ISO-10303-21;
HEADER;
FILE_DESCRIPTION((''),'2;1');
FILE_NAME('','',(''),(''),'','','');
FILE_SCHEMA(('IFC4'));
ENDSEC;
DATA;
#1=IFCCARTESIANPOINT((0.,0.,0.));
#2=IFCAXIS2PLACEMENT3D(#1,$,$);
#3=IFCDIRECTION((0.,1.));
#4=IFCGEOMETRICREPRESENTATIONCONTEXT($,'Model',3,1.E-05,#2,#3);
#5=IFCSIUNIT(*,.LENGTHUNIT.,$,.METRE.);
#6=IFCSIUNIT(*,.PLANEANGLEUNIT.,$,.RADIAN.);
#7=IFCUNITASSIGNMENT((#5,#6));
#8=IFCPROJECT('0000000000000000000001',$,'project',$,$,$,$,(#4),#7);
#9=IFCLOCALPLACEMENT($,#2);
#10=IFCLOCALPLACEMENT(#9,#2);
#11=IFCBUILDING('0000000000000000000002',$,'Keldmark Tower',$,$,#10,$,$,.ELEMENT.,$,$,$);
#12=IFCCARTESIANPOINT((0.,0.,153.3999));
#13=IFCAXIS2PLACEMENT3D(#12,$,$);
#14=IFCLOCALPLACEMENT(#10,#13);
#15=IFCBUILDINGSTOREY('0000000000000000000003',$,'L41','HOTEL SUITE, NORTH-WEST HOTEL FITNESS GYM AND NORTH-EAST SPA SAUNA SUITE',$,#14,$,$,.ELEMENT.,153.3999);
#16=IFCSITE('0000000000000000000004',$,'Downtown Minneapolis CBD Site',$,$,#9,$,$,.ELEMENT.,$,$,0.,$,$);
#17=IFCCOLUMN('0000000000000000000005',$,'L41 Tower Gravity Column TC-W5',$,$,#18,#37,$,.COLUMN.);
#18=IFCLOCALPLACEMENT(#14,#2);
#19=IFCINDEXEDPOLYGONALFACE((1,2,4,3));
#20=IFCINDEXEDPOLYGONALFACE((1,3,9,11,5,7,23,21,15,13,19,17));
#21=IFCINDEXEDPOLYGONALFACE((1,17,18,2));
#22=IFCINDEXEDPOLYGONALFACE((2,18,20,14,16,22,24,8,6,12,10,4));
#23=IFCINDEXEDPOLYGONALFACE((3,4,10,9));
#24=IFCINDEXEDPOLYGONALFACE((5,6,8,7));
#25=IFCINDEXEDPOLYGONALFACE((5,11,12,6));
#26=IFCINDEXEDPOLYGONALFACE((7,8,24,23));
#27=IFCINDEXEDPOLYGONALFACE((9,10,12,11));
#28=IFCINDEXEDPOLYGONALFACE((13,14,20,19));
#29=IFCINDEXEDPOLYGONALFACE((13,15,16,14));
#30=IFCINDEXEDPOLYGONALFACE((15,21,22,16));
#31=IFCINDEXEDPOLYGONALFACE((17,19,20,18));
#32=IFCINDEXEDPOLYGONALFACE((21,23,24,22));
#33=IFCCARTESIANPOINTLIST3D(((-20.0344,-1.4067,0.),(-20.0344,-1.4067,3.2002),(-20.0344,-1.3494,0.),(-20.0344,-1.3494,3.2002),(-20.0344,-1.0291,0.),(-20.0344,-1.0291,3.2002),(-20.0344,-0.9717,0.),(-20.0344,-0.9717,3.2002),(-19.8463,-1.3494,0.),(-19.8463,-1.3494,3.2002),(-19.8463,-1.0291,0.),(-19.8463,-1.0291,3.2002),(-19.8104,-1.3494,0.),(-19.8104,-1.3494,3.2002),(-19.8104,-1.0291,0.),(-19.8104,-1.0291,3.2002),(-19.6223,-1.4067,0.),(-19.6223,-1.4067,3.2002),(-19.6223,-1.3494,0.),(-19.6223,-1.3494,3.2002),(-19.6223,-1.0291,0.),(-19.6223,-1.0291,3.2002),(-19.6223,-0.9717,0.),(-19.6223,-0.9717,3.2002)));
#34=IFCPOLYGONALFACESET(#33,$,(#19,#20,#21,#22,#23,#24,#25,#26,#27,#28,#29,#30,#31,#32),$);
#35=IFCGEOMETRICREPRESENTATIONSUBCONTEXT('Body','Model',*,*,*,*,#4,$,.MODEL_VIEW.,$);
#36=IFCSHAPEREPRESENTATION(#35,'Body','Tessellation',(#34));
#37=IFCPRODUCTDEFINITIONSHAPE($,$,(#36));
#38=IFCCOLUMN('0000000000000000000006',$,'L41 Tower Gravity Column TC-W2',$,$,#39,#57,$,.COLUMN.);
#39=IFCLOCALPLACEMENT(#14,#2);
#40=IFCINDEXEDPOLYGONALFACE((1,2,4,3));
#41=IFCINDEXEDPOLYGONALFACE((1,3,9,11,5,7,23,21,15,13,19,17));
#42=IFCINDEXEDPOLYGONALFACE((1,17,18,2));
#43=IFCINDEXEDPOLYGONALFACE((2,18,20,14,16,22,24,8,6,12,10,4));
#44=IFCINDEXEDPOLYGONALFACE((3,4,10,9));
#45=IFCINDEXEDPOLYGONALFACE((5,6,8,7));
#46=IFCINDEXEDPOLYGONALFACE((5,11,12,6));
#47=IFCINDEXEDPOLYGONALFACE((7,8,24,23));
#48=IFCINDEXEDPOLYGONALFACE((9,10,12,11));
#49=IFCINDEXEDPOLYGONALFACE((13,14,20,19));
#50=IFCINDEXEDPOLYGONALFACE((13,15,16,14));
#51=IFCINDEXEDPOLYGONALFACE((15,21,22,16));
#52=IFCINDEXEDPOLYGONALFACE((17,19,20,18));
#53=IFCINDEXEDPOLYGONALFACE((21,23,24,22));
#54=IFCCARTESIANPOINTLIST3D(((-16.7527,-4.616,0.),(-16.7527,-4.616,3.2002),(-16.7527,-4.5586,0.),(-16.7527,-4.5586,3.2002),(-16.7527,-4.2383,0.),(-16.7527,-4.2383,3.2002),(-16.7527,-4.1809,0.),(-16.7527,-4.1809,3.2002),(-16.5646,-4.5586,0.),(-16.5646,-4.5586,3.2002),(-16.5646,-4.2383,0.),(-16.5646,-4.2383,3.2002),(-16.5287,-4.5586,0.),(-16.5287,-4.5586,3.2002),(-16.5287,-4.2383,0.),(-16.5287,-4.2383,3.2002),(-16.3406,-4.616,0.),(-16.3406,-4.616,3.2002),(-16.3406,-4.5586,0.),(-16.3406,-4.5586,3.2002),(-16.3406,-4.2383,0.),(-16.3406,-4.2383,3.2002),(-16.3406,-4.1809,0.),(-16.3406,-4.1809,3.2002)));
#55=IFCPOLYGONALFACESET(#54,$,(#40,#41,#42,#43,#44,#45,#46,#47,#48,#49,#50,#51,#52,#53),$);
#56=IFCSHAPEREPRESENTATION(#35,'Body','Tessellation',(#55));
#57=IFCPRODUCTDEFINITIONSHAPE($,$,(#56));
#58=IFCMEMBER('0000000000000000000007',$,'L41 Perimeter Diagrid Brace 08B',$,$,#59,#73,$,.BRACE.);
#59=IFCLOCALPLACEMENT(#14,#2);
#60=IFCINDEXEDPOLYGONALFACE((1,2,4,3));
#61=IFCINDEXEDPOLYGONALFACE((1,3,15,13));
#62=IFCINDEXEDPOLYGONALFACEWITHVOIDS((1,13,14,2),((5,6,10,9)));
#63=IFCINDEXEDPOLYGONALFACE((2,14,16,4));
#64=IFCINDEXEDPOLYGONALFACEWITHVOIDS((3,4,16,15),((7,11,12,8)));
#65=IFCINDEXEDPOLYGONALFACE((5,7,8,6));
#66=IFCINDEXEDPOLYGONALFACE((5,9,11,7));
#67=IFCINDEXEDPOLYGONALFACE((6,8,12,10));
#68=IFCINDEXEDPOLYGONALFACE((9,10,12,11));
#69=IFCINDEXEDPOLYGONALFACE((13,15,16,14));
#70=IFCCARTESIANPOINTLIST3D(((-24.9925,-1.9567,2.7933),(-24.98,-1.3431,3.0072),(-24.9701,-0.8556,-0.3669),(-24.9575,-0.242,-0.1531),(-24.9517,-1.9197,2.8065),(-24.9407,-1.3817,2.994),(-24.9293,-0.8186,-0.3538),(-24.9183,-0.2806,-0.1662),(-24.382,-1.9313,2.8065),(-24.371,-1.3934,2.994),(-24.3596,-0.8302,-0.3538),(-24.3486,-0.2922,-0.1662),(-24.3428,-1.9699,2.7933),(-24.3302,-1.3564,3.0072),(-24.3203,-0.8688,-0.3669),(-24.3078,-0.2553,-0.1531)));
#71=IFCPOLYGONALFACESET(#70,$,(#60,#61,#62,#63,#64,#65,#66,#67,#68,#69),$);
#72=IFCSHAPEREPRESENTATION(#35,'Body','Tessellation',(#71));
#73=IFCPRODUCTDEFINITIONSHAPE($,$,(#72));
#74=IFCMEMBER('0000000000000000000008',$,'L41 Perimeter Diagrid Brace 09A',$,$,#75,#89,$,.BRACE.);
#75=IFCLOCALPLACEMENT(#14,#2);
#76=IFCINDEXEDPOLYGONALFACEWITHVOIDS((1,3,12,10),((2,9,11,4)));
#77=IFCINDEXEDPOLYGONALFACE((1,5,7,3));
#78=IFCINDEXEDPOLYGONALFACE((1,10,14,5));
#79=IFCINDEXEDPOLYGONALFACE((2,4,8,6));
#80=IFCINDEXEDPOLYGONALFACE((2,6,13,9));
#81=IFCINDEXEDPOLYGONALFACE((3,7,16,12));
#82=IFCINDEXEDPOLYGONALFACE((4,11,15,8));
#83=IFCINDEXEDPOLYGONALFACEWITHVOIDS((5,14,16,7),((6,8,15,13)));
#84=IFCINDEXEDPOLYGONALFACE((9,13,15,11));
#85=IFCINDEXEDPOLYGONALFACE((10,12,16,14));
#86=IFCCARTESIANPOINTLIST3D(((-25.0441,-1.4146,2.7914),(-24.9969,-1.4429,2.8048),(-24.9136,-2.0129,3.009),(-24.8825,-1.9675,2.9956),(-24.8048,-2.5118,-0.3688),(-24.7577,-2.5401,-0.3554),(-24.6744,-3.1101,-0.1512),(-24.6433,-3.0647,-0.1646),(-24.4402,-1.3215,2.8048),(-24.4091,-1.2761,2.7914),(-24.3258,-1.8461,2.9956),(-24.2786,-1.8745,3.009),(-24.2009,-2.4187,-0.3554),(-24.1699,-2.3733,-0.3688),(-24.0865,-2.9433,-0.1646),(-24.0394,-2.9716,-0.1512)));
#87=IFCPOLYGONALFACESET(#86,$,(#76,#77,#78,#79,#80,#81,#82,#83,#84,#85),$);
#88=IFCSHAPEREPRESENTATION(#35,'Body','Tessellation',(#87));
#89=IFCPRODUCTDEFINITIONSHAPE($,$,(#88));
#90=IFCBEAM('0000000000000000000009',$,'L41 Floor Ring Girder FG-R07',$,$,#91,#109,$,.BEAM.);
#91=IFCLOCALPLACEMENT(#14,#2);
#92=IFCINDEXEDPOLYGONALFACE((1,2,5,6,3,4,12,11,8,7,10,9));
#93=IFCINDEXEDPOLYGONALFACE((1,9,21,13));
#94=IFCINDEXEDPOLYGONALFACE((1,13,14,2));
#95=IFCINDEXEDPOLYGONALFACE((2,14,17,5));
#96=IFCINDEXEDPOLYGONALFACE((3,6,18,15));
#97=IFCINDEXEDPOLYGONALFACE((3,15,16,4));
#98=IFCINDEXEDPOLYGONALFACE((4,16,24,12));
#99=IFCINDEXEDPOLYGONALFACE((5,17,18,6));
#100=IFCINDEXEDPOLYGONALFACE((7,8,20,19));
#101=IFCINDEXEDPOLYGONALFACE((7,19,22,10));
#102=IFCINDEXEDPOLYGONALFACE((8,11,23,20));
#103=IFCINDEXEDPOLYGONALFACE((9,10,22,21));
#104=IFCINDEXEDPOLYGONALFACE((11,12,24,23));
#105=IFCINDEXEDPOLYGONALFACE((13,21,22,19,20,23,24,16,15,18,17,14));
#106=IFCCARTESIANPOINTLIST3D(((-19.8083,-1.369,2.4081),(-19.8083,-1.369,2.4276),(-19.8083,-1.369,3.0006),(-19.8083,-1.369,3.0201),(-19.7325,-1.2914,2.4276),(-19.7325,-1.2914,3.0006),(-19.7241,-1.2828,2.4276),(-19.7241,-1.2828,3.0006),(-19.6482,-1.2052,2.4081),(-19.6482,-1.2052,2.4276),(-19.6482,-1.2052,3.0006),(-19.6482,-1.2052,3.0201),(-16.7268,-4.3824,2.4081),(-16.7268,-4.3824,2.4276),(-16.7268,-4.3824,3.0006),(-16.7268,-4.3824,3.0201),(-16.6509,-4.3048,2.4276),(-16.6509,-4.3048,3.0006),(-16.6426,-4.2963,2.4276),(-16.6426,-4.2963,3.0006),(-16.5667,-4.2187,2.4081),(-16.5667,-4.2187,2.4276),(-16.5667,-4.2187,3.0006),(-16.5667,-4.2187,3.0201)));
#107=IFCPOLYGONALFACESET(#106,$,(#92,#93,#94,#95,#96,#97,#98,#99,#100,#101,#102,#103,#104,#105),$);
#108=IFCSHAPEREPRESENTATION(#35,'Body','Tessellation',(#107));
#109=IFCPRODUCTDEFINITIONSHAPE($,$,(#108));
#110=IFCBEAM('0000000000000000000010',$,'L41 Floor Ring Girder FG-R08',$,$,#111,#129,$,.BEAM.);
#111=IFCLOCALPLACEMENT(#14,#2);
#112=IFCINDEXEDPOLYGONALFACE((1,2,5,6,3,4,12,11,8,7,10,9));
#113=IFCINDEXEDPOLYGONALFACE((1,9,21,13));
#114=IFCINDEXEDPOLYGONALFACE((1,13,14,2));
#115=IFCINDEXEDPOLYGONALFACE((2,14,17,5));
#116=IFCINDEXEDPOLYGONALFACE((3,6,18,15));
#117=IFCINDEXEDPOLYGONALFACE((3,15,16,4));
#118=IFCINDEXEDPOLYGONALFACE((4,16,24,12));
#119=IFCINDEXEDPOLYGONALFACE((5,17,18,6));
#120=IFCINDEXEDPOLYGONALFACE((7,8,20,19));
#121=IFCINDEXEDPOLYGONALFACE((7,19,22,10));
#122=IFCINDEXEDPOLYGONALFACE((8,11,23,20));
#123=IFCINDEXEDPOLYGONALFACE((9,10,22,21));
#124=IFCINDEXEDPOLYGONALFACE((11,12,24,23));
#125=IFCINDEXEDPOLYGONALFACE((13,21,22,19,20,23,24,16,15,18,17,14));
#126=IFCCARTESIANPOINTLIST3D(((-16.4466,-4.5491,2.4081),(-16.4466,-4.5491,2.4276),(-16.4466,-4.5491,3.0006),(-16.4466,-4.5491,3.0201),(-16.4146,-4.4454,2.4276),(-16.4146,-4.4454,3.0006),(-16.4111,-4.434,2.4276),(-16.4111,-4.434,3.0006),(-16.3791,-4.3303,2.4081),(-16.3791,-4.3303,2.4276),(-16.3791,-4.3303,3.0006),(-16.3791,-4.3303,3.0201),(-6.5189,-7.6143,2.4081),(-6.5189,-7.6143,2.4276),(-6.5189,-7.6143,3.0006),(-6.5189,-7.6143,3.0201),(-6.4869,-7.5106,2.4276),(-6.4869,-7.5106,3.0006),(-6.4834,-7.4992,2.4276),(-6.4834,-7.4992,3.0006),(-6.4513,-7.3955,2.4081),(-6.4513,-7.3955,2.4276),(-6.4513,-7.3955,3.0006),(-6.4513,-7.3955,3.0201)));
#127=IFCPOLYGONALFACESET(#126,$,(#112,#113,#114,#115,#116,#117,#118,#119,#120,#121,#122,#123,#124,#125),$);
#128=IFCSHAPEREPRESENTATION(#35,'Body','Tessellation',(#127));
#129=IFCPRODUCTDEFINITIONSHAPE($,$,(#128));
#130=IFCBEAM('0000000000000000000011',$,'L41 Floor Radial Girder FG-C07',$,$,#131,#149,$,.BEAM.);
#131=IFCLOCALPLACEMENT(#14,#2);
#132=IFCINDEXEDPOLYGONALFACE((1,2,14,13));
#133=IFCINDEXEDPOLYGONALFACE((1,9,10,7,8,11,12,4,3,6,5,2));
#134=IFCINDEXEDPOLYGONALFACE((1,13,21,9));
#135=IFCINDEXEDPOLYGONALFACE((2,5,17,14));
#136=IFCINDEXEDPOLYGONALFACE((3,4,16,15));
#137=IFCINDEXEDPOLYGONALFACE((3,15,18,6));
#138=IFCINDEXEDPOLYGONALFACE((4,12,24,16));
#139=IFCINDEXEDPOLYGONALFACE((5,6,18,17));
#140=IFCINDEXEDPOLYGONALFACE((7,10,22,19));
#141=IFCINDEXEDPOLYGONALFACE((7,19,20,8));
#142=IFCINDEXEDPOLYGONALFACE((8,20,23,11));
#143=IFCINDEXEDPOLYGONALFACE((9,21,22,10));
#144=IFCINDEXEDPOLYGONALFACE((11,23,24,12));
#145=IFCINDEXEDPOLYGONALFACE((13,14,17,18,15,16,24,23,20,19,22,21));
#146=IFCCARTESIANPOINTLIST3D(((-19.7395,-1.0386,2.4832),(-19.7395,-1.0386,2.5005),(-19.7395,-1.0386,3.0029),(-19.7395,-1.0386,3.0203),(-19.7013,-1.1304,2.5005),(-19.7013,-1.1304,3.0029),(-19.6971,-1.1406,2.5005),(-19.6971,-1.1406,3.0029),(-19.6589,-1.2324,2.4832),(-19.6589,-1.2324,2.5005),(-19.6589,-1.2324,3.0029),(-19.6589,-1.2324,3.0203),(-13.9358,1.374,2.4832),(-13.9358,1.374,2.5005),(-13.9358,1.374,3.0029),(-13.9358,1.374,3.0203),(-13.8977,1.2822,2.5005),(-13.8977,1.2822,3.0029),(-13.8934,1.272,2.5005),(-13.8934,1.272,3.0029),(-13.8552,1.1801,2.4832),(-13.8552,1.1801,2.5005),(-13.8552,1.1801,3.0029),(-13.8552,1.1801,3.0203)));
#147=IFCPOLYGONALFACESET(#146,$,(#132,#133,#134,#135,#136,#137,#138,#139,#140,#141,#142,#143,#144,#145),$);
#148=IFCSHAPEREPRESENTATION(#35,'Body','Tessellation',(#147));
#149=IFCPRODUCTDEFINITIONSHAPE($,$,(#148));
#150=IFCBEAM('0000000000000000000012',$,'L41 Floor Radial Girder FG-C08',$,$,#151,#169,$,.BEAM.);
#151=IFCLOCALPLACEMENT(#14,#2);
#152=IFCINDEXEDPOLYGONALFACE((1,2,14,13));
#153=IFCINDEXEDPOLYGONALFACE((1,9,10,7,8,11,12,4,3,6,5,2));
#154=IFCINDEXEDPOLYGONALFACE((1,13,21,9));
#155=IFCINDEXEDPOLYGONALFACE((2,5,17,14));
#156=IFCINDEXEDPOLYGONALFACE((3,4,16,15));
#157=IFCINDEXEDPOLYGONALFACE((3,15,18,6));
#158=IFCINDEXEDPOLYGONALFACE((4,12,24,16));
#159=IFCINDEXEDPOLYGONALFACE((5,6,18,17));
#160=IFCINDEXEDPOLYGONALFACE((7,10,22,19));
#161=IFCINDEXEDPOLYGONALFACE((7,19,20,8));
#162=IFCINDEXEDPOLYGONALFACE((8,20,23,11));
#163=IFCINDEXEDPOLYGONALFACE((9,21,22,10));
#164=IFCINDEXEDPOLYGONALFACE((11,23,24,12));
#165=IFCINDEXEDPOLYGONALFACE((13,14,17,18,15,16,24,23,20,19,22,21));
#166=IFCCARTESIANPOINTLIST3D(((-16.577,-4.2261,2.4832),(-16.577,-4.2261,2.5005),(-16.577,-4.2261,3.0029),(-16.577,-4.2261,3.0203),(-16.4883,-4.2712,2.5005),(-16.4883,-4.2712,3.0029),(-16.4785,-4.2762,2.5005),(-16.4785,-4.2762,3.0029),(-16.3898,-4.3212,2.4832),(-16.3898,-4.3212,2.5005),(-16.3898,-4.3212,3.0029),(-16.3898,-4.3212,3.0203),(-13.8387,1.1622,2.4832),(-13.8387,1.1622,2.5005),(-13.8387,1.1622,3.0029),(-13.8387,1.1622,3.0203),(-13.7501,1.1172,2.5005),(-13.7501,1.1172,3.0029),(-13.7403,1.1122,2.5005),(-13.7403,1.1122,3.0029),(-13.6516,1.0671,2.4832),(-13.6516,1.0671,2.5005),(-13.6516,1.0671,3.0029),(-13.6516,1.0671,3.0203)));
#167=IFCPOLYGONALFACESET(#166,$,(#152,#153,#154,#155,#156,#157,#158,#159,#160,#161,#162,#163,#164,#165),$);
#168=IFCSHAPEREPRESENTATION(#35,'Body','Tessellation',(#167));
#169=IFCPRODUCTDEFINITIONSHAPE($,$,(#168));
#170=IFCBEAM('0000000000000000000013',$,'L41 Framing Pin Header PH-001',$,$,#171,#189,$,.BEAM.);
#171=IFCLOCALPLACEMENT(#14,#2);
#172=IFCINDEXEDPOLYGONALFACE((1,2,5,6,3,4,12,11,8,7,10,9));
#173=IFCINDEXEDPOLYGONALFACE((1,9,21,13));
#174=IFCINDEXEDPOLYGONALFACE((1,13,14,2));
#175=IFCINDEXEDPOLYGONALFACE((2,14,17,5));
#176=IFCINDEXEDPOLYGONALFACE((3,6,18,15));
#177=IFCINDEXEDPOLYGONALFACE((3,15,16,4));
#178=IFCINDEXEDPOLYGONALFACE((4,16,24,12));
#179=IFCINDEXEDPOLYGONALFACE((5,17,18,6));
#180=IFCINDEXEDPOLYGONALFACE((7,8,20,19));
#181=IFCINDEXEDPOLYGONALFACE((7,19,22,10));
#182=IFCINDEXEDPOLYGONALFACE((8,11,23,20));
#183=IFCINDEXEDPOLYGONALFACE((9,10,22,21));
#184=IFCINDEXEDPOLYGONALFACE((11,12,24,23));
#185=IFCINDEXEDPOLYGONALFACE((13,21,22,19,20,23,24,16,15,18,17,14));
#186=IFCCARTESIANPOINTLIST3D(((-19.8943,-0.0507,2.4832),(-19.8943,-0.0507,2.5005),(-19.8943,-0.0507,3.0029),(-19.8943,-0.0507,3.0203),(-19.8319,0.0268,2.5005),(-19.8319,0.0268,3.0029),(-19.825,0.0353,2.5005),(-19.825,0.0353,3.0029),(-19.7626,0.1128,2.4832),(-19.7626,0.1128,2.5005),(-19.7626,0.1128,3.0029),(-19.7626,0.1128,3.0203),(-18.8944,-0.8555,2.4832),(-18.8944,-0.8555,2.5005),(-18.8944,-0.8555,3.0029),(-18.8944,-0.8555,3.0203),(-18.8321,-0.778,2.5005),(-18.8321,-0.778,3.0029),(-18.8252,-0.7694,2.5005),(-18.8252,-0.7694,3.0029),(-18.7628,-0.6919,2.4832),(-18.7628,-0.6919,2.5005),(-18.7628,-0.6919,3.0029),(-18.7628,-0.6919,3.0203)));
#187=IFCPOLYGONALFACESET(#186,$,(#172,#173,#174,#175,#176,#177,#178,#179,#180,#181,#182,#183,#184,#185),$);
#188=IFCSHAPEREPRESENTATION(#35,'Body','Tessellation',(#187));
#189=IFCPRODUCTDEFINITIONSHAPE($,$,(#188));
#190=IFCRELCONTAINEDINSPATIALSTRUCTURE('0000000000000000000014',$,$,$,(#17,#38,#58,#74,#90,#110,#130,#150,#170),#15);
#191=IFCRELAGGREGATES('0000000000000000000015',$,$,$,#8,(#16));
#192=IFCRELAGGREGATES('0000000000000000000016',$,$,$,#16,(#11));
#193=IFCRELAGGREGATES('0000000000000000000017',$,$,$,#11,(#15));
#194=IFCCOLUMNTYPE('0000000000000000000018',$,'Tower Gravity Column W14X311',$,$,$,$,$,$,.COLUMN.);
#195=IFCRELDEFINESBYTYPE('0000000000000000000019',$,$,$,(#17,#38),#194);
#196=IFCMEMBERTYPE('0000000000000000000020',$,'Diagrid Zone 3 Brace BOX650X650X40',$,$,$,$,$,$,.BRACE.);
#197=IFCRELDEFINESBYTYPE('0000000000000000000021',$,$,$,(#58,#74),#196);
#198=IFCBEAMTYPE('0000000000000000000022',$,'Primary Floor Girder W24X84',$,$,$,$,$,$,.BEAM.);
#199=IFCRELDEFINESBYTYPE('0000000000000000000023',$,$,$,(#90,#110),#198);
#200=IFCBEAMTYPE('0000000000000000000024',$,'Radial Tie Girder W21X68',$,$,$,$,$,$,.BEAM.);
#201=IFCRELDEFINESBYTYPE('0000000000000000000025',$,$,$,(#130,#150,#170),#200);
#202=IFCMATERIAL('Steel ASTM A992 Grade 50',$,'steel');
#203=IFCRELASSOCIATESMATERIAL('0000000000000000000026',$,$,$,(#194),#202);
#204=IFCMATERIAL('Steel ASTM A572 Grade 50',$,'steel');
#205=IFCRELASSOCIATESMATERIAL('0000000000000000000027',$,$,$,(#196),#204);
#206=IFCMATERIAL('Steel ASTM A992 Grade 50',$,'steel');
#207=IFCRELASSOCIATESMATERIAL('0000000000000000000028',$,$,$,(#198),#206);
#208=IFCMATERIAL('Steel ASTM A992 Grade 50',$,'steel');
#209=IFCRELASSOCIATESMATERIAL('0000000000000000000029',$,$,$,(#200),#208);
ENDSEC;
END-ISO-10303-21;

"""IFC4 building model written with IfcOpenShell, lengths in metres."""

from ifc_helpers import new_model, si_unit, direction, frame, origin, origin_2d, place, context, subcontext, project, spatial, hollow_rectangle, i_section, extrude, material, material_profile, profile_set, type_object, element, save


model = new_model("IFC4")

# Units and contexts
model_context = context("Model", 3, precision=1e-05, world=origin(), true_north=direction((0.0, 1.0)))
body_context = subcontext(model_context, "Body", "Model", "MODEL_VIEW")
ifc_project = project(units=[si_unit("LENGTHUNIT", "METRE"), si_unit("PLANEANGLEUNIT", "RADIAN")], contexts=[model_context])

# Site, building, storey
site_placement = place(None, origin())
site = spatial("IfcSite", under=ifc_project, at=site_placement, Name="Downtown Minneapolis CBD Site", CompositionType="ELEMENT", RefElevation=0.0)
building_placement = place(site_placement, origin())
building = spatial("IfcBuilding", under=site, at=building_placement, Name="Keldmark Tower", CompositionType="ELEMENT")
storey_placement = place(building_placement, frame((0.0, 0.0, 153.3999)))
storey = spatial("IfcBuildingStorey", under=building, at=storey_placement, Name="L41", Description="HOTEL SUITE, NORTH-WEST HOTEL FITNESS GYM AND NORTH-EAST SPA SAUNA SUITE", CompositionType="ELEMENT", Elevation=153.3999)

# Columns
ifc_material_1 = material(Name="Steel ASTM A992 Grade 50", Category="steel")
ifc_material_profile_1 = material_profile(ifc_material_1, i_section(OverallWidth=0.4121, OverallDepth=0.4351, WebThickness=0.0359, FlangeThickness=0.0574, at=origin_2d()), Name="W14X311")
ifc_profile_set_1 = profile_set([ifc_material_profile_1], Name="Steel ASTM A992 Grade 50")
column_type = type_object("IfcColumnType", Name="Tower Gravity Column W14X311", PredefinedType="COLUMN", material=ifc_profile_set_1)
for number, where, z_axis, x_axis, name in (
    (1, (-19.8284, -1.1892, 0.0), (0.0, 0.0, 1.0), (1.0, 0.0, 0.0), "L41 Tower Gravity Column TC-W5"),
    (2, (-16.5466, -4.3984, 0.0), (0.0, 0.0, 1.0), (1.0, 0.0, 0.0), "L41 Tower Gravity Column TC-W2"),
):
    element("IfcColumn", number, at=place(storey_placement, frame(where, z_axis=z_axis, x_axis=x_axis)), inside=storey, type_object=column_type, Name=name, PredefinedType="COLUMN", context=body_context, shape_type="SweptSolid", body=[
        extrude(i_section(OverallWidth=0.4121, OverallDepth=0.4351, WebThickness=0.0359, FlangeThickness=0.0574, at=origin_2d()), origin(), (0.0, 0.0, 1.0), 3.2002),
    ])

# Members
ifc_material_2 = material(Name="Steel ASTM A572 Grade 50", Category="steel")
ifc_material_profile_2 = material_profile(ifc_material_2, hollow_rectangle(XDim=0.6499, YDim=0.6499, WallThickness=0.04, at=origin_2d()), Name="BOX650X650X40")
ifc_profile_set_2 = profile_set([ifc_material_profile_2], Name="Steel ASTM A572 Grade 50")
member_type = type_object("IfcMemberType", Name="Diagrid Zone 3 Brace BOX650X650X40", PredefinedType="BRACE", material=ifc_profile_set_2)
member_1_placement = place(storey_placement, frame((-24.6389, -0.5554, -0.26), z_axis=(-0.006712, -0.329017, 0.9443), x_axis=(0.999792, -0.020395, 0.0)))
element("IfcMember", 3, at=member_1_placement, inside=storey, type_object=member_type, Name="L41 Perimeter Diagrid Brace 08B", PredefinedType="BRACE", context=body_context, shape_type="SweptSolid", body=[
    extrude(hollow_rectangle(XDim=0.6499, YDim=0.6499, WallThickness=0.04, at=origin_2d()), origin(), (0.0, 0.0, 1.0), 3.3467),
])
member_2_placement = place(storey_placement, frame((-24.4221, -2.7417, -0.26), z_axis=(-0.07134, 0.327147, 0.942277), x_axis=(-0.977039, -0.213061, 0.0)))
element("IfcMember", 4, at=member_2_placement, inside=storey, type_object=member_type, Name="L41 Perimeter Diagrid Brace 09A", PredefinedType="BRACE", context=body_context, shape_type="SweptSolid", body=[
    extrude(hollow_rectangle(XDim=0.6499, YDim=0.6499, WallThickness=0.04, at=origin_2d()), origin(), (0.0, 0.0, 1.0), 3.3538),
])

# Beams
ifc_material_3 = material(Name="Steel ASTM A992 Grade 50", Category="steel")
ifc_material_profile_3 = material_profile(ifc_material_3, i_section(OverallWidth=0.229, OverallDepth=0.6121, WebThickness=0.012, FlangeThickness=0.0195, at=origin_2d()), Name="W24X84")
ifc_profile_set_3 = profile_set([ifc_material_profile_3], Name="Steel ASTM A992 Grade 50")
beam_type_1 = type_object("IfcBeamType", Name="Primary Floor Girder W24X84", PredefinedType="BEAM", material=ifc_profile_set_3)
beam_1_placement = place(storey_placement, frame((-19.7283, -1.2871, 2.7141), z_axis=(0.714965, -0.699161, 0.0), x_axis=(0.699161, 0.714965, 0.0)))
element("IfcBeam", 5, at=beam_1_placement, inside=storey, type_object=beam_type_1, Name="L41 Floor Ring Girder FG-R07", PredefinedType="BEAM", context=body_context, shape_type="SweptSolid", body=[
    extrude(i_section(OverallWidth=0.229, OverallDepth=0.6121, WebThickness=0.012, FlangeThickness=0.0195, at=origin_2d()), origin(), (0.0, 0.0, 1.0), 4.3101),
])
beam_2_placement = place(storey_placement, frame((-16.4128, -4.4397, 2.7141), z_axis=(0.955495, -0.295009, 0.0), x_axis=(0.295009, 0.955495, 0.0)))
element("IfcBeam", 6, at=beam_2_placement, inside=storey, type_object=beam_type_1, Name="L41 Floor Ring Girder FG-R08", PredefinedType="BEAM", context=body_context, shape_type="SweptSolid", body=[
    extrude(i_section(OverallWidth=0.229, OverallDepth=0.6121, WebThickness=0.012, FlangeThickness=0.0195, at=origin_2d()), origin(), (0.0, 0.0, 1.0), 10.3901),
])
ifc_material_4 = material(Name="Steel ASTM A992 Grade 50", Category="steel")
ifc_material_profile_4 = material_profile(ifc_material_4, i_section(OverallWidth=0.21, OverallDepth=0.5371, WebThickness=0.011, FlangeThickness=0.0173, at=origin_2d()), Name="W21X68")
ifc_profile_set_4 = profile_set([ifc_material_profile_4], Name="Steel ASTM A992 Grade 50")
beam_type_2 = type_object("IfcBeamType", Name="Radial Tie Girder W21X68", PredefinedType="BEAM", material=ifc_profile_set_4)
beam_3_placement = place(storey_placement, frame((-19.6992, -1.1355, 2.7517), z_axis=(0.923394, 0.383854, 0.0), x_axis=(-0.383854, 0.923394, 0.0)))
element("IfcBeam", 7, at=beam_3_placement, inside=storey, type_object=beam_type_2, Name="L41 Floor Radial Girder FG-C07", PredefinedType="BEAM", context=body_context, shape_type="SweptSolid", body=[
    extrude(i_section(OverallWidth=0.21, OverallDepth=0.5371, WebThickness=0.011, FlangeThickness=0.0173, at=origin_2d()), origin(), (0.0, 0.0, 1.0), 6.2852),
])
beam_4_placement = place(storey_placement, frame((-16.4834, -4.2737, 2.7517), z_axis=(0.453037, 0.891492, 0.0), x_axis=(-0.891492, 0.453037, 0.0)))
element("IfcBeam", 8, at=beam_4_placement, inside=storey, type_object=beam_type_2, Name="L41 Floor Radial Girder FG-C08", PredefinedType="BEAM", context=body_context, shape_type="SweptSolid", body=[
    extrude(i_section(OverallWidth=0.21, OverallDepth=0.5371, WebThickness=0.011, FlangeThickness=0.0173, at=origin_2d()), origin(), (0.0, 0.0, 1.0), 6.0442),
])
beam_5_placement = place(storey_placement, frame((-18.8286, -0.7737, 2.7517), z_axis=(-0.779009, 0.627012, 0.0), x_axis=(-0.627012, -0.779009, 0.0)))
element("IfcBeam", 9, at=beam_5_placement, inside=storey, type_object=beam_type_2, Name="L41 Framing Pin Header PH-001", PredefinedType="BEAM", context=body_context, shape_type="SweptSolid", body=[
    extrude(i_section(OverallWidth=0.21, OverallDepth=0.5371, WebThickness=0.011, FlangeThickness=0.0173, at=origin_2d()), origin(), (0.0, 0.0, 1.0), 1.2834),
])

save(model, "model.ifc")
